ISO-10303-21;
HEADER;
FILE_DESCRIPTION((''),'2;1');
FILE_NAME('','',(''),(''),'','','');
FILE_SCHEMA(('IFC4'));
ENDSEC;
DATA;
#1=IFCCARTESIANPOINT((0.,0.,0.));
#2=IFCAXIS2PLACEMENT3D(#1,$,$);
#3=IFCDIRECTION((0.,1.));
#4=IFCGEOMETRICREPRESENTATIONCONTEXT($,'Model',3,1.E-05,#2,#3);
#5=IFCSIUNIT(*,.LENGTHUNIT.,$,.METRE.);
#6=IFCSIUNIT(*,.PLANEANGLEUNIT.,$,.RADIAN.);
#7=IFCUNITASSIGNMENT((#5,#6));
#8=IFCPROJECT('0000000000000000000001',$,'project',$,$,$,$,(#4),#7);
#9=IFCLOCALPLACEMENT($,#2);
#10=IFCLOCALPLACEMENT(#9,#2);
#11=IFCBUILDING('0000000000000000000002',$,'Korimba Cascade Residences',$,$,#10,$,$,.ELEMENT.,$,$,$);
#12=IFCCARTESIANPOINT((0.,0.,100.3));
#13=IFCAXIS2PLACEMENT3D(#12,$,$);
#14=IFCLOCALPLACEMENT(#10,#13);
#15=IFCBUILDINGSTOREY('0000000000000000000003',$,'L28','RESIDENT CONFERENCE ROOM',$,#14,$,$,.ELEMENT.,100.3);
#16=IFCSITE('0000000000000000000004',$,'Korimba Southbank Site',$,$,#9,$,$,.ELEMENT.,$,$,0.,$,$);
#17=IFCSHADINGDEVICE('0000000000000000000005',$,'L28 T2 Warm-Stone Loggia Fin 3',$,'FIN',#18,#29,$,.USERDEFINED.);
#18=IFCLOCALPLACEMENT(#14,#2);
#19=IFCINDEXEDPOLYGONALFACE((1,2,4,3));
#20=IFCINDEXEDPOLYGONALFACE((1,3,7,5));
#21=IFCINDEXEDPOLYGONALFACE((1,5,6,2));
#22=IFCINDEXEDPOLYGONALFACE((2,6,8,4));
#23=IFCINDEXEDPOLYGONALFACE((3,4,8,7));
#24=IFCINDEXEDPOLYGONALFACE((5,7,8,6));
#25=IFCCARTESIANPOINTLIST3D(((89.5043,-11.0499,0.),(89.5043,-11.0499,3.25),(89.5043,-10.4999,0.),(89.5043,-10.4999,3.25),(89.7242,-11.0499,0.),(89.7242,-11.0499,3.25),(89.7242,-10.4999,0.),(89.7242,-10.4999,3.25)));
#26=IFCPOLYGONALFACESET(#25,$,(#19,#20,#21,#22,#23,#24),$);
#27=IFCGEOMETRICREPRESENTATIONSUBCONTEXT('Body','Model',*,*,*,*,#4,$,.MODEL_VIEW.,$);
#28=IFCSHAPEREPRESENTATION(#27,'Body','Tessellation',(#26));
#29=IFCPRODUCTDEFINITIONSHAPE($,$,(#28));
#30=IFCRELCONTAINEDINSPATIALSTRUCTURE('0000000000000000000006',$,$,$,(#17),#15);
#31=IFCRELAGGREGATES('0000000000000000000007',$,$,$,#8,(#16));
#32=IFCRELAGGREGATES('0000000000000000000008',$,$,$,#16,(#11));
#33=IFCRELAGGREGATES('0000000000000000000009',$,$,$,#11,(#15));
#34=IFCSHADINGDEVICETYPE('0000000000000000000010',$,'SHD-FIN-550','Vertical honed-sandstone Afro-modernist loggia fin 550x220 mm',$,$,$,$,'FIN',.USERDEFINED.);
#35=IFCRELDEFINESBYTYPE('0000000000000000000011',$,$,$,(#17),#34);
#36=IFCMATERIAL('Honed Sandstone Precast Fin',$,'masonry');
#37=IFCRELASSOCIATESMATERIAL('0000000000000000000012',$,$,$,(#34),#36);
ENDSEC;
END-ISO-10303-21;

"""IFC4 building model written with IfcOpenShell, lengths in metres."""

from ifc_helpers import new_model, si_unit, direction, frame, origin, origin_2d, place, context, subcontext, project, spatial, rectangle, extrude, material, type_object, element, save


model = new_model("IFC4")

# Units and contexts
model_context = context("Model", 3, precision=1e-05, world=origin(), true_north=direction((0.0, 1.0)))
body_context = subcontext(model_context, "Body", "Model", "MODEL_VIEW")
ifc_project = project(units=[si_unit("LENGTHUNIT", "METRE"), si_unit("PLANEANGLEUNIT", "RADIAN")], contexts=[model_context])

# Site, building, storey
site_placement = place(None, origin())
site = spatial("IfcSite", under=ifc_project, at=site_placement, Name="Korimba Southbank Site", CompositionType="ELEMENT", RefElevation=0.0)
building_placement = place(site_placement, origin())
building = spatial("IfcBuilding", under=site, at=building_placement, Name="Korimba Cascade Residences", CompositionType="ELEMENT")
storey_placement = place(building_placement, frame((0.0, 0.0, 100.3)))
storey = spatial("IfcBuildingStorey", under=building, at=storey_placement, Name="L28", Description="RESIDENT CONFERENCE ROOM", CompositionType="ELEMENT", Elevation=100.3)

# Shading device
ifc_material_1 = material(Name="Honed Sandstone Precast Fin", Category="masonry")
shading_device_type = type_object("IfcShadingDeviceType", Name="SHD-FIN-550", Description="Vertical honed-sandstone Afro-modernist loggia fin 550x220 mm", ElementType="FIN", PredefinedType="USERDEFINED", material=ifc_material_1)
shading_device_placement = place(storey_placement, frame((89.6143, -10.7749, 0.0), z_axis=(0.0, 0.0, 1.0), x_axis=(1.0, 0.0, 0.0)))
element("IfcShadingDevice", 1, at=shading_device_placement, inside=storey, type_object=shading_device_type, Name="L28 T2 Warm-Stone Loggia Fin 3", ObjectType="FIN", PredefinedType="USERDEFINED", context=body_context, shape_type="SweptSolid", body=[
    extrude(rectangle(XDim=0.22, YDim=0.55, at=origin_2d()), origin(), (0.0, 0.0, 1.0), 3.25),
])

save(model, "model.ifc")
